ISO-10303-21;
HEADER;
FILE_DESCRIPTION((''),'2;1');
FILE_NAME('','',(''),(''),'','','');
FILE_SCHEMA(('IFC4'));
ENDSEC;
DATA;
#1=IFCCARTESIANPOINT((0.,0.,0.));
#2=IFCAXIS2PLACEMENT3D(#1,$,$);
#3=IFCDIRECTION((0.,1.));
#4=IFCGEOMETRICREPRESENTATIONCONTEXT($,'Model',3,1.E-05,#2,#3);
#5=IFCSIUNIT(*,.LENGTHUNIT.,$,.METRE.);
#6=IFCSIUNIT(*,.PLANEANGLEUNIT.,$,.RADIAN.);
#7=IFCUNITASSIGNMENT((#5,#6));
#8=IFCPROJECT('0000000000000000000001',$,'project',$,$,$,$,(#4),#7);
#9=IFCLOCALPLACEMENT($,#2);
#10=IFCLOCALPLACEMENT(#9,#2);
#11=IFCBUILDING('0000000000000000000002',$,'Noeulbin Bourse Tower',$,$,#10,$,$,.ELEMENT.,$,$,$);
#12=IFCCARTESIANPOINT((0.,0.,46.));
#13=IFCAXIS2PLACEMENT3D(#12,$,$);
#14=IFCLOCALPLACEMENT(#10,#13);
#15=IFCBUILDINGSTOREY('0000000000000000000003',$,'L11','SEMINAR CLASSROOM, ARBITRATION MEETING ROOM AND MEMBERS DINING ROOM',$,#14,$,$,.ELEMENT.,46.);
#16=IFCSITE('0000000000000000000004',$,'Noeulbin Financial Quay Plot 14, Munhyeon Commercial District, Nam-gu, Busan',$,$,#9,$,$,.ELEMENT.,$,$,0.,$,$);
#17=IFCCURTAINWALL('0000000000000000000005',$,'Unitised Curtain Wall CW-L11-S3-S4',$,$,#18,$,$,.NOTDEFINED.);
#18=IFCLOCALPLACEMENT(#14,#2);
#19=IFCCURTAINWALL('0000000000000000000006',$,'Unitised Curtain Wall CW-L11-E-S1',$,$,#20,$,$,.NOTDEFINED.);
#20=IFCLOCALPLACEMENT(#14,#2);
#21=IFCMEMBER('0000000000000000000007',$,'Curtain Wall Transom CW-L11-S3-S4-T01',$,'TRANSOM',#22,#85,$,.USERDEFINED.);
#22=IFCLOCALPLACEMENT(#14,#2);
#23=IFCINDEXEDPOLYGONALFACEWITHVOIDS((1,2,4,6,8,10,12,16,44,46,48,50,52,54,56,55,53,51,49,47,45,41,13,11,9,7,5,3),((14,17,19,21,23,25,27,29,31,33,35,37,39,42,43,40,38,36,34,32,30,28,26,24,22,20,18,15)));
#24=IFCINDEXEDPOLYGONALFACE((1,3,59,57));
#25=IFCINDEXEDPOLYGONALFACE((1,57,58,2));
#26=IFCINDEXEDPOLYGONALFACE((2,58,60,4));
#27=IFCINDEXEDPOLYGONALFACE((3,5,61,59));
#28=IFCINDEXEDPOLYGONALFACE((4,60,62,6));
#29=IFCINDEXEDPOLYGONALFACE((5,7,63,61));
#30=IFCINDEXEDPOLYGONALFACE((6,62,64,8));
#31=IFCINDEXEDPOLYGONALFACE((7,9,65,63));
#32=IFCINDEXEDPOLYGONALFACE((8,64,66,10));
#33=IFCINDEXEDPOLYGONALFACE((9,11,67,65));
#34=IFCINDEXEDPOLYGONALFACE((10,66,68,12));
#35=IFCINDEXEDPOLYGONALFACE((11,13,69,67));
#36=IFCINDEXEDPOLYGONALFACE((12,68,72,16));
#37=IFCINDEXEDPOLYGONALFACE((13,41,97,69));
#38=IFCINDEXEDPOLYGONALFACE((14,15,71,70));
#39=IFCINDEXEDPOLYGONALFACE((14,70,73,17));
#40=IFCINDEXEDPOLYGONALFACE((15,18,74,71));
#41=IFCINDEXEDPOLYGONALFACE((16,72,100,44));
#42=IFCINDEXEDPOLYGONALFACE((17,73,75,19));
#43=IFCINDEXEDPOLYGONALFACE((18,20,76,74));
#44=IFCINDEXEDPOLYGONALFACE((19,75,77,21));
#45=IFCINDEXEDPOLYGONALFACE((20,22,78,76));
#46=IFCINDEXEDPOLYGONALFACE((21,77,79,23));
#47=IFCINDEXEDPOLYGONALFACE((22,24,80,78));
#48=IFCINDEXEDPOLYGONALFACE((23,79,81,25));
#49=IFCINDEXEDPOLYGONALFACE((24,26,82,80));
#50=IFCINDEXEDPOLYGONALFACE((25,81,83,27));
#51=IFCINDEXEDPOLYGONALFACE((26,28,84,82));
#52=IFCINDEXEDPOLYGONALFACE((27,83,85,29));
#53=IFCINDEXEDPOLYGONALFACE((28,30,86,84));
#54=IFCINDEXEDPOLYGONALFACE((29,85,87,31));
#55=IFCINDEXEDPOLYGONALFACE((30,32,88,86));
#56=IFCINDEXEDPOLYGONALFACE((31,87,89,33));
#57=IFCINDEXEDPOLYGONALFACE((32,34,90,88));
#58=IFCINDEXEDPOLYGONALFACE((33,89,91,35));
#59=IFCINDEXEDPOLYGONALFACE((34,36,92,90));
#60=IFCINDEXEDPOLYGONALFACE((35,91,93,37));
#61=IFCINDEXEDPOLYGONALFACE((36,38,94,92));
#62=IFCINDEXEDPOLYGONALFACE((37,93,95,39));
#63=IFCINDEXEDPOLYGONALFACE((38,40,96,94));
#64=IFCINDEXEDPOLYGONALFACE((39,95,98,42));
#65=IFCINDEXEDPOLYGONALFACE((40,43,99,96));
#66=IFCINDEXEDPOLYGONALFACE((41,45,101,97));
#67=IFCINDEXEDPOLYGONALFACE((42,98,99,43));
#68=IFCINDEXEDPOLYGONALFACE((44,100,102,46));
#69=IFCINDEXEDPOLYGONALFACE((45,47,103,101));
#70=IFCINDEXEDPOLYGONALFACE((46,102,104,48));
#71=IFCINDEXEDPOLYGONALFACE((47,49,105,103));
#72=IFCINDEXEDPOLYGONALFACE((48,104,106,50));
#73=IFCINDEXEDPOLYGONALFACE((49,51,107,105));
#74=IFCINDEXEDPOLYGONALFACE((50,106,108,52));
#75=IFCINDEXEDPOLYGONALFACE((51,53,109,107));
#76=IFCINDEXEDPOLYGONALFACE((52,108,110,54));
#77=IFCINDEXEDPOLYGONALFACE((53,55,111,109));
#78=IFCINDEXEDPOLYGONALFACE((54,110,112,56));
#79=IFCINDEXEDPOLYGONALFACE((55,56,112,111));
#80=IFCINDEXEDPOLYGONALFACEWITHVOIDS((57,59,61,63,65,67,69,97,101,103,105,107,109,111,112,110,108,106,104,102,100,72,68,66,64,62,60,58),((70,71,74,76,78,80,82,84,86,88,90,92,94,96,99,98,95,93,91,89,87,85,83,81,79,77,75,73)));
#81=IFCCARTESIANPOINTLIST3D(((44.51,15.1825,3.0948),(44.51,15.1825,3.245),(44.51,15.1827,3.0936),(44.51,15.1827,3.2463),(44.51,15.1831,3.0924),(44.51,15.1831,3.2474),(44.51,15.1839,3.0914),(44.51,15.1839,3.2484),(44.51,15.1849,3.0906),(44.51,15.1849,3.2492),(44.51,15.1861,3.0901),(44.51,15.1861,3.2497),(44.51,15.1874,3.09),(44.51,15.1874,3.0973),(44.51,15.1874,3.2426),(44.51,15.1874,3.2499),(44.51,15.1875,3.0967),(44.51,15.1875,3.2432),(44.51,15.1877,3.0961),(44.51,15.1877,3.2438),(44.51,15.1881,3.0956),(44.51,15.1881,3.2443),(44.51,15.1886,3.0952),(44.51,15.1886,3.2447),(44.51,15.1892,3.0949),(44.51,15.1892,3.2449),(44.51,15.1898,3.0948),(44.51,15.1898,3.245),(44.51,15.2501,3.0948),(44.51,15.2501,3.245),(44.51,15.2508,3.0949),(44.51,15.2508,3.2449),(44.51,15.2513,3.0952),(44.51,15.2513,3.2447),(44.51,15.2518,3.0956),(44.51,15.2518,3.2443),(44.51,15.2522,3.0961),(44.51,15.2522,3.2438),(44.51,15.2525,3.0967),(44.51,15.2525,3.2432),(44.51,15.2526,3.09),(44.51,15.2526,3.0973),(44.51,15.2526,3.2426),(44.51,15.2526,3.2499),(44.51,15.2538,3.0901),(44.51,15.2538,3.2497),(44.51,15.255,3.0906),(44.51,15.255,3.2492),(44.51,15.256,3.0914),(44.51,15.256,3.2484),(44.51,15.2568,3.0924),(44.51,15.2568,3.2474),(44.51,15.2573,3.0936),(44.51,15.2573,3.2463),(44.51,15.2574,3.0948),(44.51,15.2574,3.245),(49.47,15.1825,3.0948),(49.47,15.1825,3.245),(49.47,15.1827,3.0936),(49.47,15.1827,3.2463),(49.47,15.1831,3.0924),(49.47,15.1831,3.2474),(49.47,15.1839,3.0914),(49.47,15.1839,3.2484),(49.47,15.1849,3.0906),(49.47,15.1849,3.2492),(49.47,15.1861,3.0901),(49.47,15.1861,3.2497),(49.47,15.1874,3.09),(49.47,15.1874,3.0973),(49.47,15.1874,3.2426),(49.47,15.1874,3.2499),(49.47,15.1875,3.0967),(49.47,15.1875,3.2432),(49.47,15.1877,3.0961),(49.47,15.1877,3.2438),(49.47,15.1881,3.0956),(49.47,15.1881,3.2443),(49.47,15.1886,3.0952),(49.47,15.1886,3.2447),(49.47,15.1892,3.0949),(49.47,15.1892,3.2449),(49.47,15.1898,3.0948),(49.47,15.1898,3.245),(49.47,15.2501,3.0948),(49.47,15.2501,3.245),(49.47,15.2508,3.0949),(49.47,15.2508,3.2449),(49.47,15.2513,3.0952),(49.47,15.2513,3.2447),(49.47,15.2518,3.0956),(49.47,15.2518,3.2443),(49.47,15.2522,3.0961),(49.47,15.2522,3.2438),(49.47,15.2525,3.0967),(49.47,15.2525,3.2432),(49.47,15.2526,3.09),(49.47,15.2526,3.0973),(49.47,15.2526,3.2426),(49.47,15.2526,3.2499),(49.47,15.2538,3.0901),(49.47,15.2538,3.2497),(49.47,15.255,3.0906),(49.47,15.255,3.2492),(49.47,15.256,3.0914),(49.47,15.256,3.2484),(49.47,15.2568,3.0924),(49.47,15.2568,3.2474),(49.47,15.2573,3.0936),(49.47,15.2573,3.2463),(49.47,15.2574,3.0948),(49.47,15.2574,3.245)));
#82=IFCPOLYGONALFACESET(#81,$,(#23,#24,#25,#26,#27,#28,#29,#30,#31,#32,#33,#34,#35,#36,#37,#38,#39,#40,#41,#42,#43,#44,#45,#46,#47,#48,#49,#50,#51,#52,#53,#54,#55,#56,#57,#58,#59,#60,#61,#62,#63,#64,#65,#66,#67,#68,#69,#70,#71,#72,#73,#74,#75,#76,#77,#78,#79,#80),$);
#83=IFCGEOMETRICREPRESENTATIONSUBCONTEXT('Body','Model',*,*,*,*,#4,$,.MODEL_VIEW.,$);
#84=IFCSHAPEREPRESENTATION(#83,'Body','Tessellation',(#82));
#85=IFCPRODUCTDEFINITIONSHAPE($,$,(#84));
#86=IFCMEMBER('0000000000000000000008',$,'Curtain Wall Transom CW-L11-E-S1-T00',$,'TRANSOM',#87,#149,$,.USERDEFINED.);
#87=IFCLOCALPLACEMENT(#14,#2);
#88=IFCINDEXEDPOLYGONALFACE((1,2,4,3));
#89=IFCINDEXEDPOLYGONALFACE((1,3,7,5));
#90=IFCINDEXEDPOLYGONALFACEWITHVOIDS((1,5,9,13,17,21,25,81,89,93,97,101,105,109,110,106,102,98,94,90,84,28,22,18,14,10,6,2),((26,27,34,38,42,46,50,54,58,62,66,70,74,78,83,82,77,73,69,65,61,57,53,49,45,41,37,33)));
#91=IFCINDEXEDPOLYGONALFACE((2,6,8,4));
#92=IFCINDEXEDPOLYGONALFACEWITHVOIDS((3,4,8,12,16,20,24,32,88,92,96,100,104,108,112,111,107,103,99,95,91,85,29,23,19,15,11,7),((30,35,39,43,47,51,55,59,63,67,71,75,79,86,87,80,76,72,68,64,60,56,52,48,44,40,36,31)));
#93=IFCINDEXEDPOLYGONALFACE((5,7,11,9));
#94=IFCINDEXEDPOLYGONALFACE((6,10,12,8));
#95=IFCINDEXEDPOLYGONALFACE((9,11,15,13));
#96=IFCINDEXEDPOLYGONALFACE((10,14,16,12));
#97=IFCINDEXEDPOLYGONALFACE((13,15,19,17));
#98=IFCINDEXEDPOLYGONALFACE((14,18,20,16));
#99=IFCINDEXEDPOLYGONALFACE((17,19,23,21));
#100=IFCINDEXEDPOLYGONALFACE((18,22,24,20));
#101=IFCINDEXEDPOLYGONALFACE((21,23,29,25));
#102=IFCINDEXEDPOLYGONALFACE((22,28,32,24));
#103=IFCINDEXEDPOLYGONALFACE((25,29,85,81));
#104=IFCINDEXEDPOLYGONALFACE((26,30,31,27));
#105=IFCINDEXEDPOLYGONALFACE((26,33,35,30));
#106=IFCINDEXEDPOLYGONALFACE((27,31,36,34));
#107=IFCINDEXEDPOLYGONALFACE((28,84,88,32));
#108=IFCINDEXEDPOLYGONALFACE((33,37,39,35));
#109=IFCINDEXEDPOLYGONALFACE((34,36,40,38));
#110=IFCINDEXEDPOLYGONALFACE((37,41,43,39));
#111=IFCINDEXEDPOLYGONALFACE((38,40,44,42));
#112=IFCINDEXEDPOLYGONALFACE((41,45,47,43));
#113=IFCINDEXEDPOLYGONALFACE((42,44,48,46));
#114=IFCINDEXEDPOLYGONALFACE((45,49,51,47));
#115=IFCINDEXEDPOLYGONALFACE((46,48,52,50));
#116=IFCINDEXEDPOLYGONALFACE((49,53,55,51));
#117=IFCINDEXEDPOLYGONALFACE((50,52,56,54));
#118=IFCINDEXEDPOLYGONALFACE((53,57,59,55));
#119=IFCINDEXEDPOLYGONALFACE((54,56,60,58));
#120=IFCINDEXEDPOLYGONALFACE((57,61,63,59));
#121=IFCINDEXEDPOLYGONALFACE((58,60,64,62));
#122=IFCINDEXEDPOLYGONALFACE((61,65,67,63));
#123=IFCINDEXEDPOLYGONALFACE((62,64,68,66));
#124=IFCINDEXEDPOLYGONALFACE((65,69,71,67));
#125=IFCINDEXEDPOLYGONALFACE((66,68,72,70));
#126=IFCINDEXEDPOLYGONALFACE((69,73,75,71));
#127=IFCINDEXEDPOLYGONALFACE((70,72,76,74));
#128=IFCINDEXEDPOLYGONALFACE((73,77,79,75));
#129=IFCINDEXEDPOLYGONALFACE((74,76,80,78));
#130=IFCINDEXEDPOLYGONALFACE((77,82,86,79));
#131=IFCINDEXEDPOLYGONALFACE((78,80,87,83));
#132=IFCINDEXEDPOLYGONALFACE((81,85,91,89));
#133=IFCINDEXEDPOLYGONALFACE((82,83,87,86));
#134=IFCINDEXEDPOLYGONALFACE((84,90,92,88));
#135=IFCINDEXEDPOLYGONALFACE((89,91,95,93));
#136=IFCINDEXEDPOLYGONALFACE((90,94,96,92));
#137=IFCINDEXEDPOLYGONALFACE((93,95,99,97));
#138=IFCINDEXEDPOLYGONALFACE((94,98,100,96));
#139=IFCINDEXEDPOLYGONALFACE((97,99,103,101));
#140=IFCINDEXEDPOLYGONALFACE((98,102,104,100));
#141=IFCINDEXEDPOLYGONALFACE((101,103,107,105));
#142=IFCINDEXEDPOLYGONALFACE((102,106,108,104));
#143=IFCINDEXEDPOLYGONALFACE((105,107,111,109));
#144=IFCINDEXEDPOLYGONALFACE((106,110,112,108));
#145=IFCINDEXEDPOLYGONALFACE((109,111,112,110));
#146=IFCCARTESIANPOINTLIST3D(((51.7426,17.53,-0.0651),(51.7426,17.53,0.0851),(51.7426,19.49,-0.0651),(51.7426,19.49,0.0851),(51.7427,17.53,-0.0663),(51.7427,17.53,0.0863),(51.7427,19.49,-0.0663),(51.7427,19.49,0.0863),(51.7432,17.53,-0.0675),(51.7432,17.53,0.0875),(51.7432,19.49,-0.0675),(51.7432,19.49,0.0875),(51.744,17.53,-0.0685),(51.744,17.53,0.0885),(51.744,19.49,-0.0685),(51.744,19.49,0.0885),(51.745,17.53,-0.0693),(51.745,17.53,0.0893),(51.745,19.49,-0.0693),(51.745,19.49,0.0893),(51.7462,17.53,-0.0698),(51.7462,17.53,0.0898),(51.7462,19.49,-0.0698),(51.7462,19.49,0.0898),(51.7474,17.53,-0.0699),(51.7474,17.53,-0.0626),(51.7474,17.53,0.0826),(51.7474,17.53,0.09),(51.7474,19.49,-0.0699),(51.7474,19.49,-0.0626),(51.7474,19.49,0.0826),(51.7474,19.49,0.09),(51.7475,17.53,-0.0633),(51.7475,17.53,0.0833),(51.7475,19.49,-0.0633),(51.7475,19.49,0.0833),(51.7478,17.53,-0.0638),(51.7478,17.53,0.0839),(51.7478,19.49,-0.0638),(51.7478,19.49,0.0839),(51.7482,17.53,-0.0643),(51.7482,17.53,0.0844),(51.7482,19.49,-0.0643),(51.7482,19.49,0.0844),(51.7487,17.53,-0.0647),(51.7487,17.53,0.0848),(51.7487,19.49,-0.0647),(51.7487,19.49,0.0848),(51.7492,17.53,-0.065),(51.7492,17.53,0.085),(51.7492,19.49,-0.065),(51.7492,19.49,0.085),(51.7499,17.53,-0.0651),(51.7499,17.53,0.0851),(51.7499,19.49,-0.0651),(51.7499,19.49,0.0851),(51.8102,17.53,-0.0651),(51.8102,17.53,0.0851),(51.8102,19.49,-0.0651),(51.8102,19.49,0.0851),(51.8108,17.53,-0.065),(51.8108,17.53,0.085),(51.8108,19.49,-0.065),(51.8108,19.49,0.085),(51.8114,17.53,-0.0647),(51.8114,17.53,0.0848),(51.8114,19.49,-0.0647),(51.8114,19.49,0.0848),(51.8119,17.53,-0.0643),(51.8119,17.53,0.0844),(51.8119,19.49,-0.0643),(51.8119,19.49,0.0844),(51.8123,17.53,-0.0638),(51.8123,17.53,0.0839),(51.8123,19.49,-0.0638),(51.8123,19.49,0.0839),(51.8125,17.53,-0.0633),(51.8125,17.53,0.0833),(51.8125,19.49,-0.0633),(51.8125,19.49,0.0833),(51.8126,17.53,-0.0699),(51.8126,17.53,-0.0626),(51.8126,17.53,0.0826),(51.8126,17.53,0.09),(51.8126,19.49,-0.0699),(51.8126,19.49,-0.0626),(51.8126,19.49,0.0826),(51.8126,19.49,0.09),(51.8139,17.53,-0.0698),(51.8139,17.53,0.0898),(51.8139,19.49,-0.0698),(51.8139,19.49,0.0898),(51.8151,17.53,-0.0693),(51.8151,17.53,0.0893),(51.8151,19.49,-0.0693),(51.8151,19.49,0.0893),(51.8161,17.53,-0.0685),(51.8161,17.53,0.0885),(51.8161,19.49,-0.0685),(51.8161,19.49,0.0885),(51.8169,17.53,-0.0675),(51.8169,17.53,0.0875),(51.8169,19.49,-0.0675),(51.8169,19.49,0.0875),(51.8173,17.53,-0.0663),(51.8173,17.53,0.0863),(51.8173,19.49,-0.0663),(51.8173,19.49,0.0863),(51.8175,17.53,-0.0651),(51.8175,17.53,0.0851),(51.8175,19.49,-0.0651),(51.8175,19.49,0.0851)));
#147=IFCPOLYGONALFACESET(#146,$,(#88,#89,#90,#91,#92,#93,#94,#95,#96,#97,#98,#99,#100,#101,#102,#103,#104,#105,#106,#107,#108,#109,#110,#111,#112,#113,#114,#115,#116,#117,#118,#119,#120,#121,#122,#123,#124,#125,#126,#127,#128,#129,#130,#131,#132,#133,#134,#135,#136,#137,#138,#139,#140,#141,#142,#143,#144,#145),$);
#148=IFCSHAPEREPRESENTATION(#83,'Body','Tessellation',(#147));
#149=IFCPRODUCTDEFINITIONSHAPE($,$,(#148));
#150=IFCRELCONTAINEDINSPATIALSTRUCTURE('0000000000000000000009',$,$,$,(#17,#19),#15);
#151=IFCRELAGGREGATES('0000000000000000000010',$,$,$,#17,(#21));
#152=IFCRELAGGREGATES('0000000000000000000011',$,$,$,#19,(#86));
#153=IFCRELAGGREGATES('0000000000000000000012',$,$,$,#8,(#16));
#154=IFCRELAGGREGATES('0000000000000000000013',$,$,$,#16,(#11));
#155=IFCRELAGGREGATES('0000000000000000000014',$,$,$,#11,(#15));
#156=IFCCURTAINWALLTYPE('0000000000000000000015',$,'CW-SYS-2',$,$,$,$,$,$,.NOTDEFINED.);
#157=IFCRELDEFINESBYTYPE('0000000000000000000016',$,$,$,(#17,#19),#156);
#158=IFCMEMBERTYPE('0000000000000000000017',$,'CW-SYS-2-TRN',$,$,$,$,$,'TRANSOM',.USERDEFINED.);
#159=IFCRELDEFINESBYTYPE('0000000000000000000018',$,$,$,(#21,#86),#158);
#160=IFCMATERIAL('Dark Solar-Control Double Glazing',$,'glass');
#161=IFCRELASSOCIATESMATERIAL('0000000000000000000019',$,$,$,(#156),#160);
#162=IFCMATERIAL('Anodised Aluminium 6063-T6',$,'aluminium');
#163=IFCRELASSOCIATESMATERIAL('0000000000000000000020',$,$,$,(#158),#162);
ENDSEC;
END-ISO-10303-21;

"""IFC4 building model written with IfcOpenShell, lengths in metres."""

from ifc_helpers import new_model, si_unit, direction, frame, origin, origin_2d, place, context, subcontext, project, spatial, hollow_rectangle, extrude, material, material_profile, profile_set, type_object, element, aggregate, save


model = new_model("IFC4")

# Units and contexts
model_context = context("Model", 3, precision=1e-05, world=origin(), true_north=direction((0.0, 1.0)))
body_context = subcontext(model_context, "Body", "Model", "MODEL_VIEW")
ifc_project = project(units=[si_unit("LENGTHUNIT", "METRE"), si_unit("PLANEANGLEUNIT", "RADIAN")], contexts=[model_context])

# Site, building, storey
site_placement = place(None, origin())
site = spatial("IfcSite", under=ifc_project, at=site_placement, Name="Noeulbin Financial Quay Plot 14, Munhyeon Commercial District, Nam-gu, Busan", CompositionType="ELEMENT", RefElevation=0.0)
building_placement = place(site_placement, origin())
building = spatial("IfcBuilding", under=site, at=building_placement, Name="Noeulbin Bourse Tower", CompositionType="ELEMENT")
storey_placement = place(building_placement, frame((0.0, 0.0, 46.0)))
storey = spatial("IfcBuildingStorey", under=building, at=storey_placement, Name="L11", Description="SEMINAR CLASSROOM, ARBITRATION MEETING ROOM AND MEMBERS DINING ROOM", CompositionType="ELEMENT", Elevation=46.0)

# Curtain walls
ifc_material_1 = material(Name="Dark Solar-Control Double Glazing", Category="glass")
curtain_wall_type = type_object("IfcCurtainWallType", Name="CW-SYS-2", PredefinedType="NOTDEFINED", material=ifc_material_1)
curtain_wall_1_placement = place(storey_placement, origin())
curtain_wall_1 = element("IfcCurtainWall", 1, at=curtain_wall_1_placement, inside=storey, type_object=curtain_wall_type, Name="Unitised Curtain Wall CW-L11-S3-S4", PredefinedType="NOTDEFINED")
ifc_material_2 = material(Name="Anodised Aluminium 6063-T6", Category="aluminium")
curtain_wall_2_placement = place(storey_placement, origin())
curtain_wall_2 = element("IfcCurtainWall", 2, at=curtain_wall_2_placement, inside=storey, type_object=curtain_wall_type, Name="Unitised Curtain Wall CW-L11-E-S1", PredefinedType="NOTDEFINED")

# Members
ifc_material_profile_1 = material_profile(ifc_material_2, hollow_rectangle(XDim=0.075, YDim=0.1599, WallThickness=0.0049, InnerFilletRadius=0.0024, OuterFilletRadius=0.0049, at=origin_2d()), Name="ALU-TRAN-75x160x5", Category="LoadBearing")
ifc_profile_set_1 = profile_set([ifc_material_profile_1], Name="Anodised Aluminium 6063-T6")
member_type_1 = type_object("IfcMemberType", Name="CW-SYS-2-TRN", ElementType="TRANSOM", PredefinedType="USERDEFINED", material=ifc_profile_set_1)
member_1_placement = place(storey_placement, frame((44.51, 15.22, 3.1699), z_axis=(1.0, 0.0, 0.0), x_axis=(0.0, 1.0, 0.0)))
member_1 = element("IfcMember", 3, at=member_1_placement, type_object=member_type_1, Name="Curtain Wall Transom CW-L11-S3-S4-T01", ObjectType="TRANSOM", PredefinedType="USERDEFINED", context=body_context, shape_type="SweptSolid", body=[
    extrude(hollow_rectangle(XDim=0.075, YDim=0.1599, WallThickness=0.0049, InnerFilletRadius=0.0024, OuterFilletRadius=0.0049, at=origin_2d()), origin(), (0.0, 0.0, 1.0), 4.96),
])
member_2_placement = place(storey_placement, frame((51.78, 17.53, 0.01), z_axis=(0.0, 1.0, 0.0), x_axis=(-1.0, 0.0, 0.0)))
member_2 = element("IfcMember", 4, at=member_2_placement, type_object=member_type_1, Name="Curtain Wall Transom CW-L11-E-S1-T00", ObjectType="TRANSOM", PredefinedType="USERDEFINED", context=body_context, shape_type="SweptSolid", body=[
    extrude(hollow_rectangle(XDim=0.075, YDim=0.1599, WallThickness=0.0049, InnerFilletRadius=0.0024, OuterFilletRadius=0.0049, at=origin_2d()), origin(), (0.0, 0.0, 1.0), 1.96),
])

aggregate(curtain_wall_1, [member_1])
aggregate(curtain_wall_2, [member_2])

save(model, "model.ifc")
